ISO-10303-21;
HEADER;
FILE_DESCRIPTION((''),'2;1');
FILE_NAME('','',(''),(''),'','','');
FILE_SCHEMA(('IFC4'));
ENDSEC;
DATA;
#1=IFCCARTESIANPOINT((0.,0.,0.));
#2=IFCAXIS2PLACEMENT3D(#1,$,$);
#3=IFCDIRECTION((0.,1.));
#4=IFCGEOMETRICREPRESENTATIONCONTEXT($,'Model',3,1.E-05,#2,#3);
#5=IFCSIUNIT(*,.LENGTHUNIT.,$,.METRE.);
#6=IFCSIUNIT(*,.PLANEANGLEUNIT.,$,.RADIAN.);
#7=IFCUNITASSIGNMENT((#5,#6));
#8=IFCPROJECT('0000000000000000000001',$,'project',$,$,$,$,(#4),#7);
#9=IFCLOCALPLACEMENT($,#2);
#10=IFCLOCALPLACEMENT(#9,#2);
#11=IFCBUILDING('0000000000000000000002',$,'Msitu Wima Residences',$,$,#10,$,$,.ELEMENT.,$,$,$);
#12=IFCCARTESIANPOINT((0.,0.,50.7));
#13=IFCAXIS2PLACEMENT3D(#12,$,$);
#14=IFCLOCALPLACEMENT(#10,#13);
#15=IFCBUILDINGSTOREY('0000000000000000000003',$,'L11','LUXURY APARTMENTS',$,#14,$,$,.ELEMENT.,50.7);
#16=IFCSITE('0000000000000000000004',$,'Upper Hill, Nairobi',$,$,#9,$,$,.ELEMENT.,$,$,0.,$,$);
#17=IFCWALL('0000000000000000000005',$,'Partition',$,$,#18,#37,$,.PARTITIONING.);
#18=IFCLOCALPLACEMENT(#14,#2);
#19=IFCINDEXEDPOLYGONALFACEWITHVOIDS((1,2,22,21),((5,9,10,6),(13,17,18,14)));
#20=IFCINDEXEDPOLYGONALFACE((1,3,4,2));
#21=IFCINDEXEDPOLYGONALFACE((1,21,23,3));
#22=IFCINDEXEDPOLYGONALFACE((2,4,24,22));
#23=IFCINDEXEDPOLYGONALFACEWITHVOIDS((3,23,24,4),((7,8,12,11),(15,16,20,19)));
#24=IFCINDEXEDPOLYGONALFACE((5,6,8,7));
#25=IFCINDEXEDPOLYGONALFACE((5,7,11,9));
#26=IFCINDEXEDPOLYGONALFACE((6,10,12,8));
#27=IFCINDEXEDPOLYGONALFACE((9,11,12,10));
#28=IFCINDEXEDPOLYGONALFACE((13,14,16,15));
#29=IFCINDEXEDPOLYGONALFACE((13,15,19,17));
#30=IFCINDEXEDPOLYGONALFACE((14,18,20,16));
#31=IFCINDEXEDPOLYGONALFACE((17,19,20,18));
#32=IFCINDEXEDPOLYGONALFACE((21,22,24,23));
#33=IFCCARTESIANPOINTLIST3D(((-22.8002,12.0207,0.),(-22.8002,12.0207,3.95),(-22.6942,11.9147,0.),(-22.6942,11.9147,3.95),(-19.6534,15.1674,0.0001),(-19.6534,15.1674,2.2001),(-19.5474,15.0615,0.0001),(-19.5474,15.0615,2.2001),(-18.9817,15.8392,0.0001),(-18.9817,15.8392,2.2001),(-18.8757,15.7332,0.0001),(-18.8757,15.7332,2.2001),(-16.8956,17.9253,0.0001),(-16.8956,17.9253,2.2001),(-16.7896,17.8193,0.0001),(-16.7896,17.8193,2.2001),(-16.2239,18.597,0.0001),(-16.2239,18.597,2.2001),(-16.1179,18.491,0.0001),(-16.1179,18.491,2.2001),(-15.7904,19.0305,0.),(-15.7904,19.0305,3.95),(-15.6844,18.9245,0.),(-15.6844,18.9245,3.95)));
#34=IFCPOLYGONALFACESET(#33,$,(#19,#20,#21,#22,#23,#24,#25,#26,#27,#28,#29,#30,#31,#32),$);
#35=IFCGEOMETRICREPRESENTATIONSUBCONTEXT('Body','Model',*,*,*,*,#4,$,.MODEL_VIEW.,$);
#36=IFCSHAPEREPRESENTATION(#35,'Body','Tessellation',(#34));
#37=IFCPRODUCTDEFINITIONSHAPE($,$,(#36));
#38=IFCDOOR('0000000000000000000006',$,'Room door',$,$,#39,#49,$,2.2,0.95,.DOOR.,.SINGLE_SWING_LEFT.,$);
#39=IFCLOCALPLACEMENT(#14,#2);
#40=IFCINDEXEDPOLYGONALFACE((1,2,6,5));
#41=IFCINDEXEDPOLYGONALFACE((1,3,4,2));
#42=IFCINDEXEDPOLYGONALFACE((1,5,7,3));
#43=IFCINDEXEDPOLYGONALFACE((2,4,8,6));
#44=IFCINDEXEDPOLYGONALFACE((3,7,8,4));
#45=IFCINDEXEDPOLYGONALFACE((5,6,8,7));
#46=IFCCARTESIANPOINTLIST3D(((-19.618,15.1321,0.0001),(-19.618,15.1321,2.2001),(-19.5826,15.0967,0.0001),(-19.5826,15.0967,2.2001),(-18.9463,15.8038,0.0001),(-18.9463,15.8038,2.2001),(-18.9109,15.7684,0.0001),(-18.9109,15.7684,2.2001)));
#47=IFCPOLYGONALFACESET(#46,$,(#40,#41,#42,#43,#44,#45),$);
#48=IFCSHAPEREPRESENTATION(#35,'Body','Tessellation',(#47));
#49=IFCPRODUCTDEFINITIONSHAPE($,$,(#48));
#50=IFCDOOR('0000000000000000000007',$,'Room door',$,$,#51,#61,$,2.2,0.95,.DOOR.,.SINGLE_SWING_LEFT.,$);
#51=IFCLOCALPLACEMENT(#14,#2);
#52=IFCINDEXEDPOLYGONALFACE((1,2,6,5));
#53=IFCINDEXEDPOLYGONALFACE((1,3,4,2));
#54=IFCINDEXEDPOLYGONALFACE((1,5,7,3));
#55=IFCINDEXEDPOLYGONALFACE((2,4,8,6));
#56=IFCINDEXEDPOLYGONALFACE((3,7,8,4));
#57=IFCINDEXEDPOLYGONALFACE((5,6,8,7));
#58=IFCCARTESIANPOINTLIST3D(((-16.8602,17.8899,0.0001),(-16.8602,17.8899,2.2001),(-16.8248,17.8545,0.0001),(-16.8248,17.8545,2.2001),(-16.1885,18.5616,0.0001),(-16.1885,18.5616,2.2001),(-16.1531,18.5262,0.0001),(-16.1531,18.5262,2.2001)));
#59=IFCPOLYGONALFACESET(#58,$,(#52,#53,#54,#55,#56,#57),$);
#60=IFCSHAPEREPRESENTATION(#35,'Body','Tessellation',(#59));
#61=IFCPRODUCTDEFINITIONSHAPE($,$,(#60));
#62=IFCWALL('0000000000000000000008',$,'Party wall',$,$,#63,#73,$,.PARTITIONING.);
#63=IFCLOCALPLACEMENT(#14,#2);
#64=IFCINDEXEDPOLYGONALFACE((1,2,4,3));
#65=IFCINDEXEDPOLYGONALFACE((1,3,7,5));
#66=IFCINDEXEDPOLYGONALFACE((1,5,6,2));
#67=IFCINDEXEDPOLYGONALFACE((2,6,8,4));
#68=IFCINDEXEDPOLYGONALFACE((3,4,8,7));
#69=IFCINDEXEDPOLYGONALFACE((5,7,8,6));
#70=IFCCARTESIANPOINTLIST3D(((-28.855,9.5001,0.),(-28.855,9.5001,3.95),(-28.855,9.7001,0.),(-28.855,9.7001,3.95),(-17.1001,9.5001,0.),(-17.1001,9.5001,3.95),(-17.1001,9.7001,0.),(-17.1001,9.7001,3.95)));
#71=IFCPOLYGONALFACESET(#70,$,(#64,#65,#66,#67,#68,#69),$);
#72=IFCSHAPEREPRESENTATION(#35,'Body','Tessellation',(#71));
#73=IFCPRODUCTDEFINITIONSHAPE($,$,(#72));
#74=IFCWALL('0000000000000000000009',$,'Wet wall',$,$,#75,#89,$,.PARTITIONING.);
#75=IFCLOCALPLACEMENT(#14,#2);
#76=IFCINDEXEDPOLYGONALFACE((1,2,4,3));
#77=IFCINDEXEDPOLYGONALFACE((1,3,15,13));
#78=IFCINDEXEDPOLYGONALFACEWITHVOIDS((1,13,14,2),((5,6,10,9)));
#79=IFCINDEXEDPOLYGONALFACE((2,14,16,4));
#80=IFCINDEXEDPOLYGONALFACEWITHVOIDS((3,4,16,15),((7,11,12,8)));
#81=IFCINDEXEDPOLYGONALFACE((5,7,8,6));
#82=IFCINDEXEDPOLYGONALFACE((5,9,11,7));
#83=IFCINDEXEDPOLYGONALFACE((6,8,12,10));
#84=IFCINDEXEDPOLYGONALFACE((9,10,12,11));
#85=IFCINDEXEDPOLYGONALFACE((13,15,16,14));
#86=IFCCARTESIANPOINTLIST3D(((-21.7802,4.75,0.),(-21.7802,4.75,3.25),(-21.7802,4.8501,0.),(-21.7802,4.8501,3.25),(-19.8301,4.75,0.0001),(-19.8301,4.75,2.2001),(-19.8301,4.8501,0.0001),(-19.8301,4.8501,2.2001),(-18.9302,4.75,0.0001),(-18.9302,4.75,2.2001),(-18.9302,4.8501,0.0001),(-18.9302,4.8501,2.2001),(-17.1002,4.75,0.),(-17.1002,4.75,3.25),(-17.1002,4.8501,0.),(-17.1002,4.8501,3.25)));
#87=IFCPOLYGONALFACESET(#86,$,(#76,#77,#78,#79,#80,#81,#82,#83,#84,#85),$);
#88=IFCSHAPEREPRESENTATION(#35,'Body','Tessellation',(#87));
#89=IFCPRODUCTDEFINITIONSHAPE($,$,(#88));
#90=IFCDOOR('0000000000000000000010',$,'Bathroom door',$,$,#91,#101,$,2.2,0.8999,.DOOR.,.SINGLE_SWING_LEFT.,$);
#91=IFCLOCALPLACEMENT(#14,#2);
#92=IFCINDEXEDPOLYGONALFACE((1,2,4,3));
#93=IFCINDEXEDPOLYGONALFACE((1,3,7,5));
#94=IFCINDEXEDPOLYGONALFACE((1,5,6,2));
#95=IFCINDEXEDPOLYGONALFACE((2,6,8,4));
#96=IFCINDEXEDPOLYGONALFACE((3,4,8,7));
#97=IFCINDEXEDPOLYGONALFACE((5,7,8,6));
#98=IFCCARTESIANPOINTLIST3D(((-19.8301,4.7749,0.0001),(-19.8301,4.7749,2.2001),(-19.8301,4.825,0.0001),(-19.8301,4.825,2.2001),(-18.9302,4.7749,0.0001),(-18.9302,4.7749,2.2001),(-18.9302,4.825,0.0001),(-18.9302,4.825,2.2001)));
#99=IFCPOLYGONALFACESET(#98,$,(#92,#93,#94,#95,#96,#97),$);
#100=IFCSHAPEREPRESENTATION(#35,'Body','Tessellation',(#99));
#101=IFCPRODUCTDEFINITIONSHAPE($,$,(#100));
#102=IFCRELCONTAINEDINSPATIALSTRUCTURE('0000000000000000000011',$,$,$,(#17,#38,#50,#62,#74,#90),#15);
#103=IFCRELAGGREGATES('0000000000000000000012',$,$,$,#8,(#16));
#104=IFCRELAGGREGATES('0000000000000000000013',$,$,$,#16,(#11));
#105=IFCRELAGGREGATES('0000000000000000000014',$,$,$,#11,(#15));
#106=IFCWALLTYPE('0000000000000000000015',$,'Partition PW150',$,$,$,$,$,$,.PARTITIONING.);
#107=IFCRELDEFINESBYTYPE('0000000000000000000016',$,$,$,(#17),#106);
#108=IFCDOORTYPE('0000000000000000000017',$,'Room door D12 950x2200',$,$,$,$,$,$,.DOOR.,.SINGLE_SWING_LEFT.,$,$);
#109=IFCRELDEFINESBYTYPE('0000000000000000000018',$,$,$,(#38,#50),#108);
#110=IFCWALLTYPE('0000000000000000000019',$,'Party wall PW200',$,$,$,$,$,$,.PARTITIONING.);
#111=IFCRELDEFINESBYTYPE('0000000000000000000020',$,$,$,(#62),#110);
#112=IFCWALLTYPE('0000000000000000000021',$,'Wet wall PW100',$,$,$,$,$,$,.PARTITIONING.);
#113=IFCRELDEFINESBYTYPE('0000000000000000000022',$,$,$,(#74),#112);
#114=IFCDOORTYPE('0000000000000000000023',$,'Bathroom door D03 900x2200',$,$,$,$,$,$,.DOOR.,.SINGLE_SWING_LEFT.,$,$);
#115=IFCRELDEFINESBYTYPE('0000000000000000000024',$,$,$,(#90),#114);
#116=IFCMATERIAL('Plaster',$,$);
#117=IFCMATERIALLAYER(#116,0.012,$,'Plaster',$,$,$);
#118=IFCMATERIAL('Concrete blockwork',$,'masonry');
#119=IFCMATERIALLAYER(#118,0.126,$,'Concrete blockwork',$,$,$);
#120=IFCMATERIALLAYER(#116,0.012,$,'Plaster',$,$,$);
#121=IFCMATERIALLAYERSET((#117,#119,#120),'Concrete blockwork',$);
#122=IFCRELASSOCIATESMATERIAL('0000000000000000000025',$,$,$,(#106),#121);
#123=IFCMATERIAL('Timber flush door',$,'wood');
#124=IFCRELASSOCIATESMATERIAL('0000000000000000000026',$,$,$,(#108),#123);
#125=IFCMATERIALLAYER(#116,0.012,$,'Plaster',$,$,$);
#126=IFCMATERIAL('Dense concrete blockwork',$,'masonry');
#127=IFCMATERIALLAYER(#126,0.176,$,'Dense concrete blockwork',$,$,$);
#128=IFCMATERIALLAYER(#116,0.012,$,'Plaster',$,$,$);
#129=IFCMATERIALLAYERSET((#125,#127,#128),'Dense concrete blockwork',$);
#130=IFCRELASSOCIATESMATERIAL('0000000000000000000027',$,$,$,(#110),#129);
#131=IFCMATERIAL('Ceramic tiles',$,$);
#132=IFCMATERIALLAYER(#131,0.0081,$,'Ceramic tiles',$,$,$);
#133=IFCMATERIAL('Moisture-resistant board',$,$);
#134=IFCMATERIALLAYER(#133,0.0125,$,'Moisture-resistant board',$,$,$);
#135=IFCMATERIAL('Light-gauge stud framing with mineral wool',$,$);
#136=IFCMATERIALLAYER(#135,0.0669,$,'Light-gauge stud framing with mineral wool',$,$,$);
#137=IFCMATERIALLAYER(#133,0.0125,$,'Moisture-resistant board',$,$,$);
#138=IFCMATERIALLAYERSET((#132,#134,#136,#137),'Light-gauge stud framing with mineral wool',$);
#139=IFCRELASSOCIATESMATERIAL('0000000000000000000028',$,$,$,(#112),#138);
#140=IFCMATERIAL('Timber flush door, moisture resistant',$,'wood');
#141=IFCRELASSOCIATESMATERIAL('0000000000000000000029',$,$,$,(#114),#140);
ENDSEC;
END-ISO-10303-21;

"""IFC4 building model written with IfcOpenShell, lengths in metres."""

from ifc_helpers import new_model, si_unit, direction, frame, frame_2d, origin, place, context, subcontext, project, spatial, rectangle, extrude, material, layer, layer_set, type_object, element, fill, save


model = new_model("IFC4")

# Units and contexts
model_context = context("Model", 3, precision=1e-05, world=origin(), true_north=direction((0.0, 1.0)))
body_context = subcontext(model_context, "Body", "Model", "MODEL_VIEW")
ifc_project = project(units=[si_unit("LENGTHUNIT", "METRE"), si_unit("PLANEANGLEUNIT", "RADIAN")], contexts=[model_context])

# Site, building, storey
site_placement = place(None, origin())
site = spatial("IfcSite", under=ifc_project, at=site_placement, Name="Upper Hill, Nairobi", CompositionType="ELEMENT", RefElevation=0.0)
building_placement = place(site_placement, origin())
building = spatial("IfcBuilding", under=site, at=building_placement, Name="Msitu Wima Residences", CompositionType="ELEMENT")
storey_placement = place(building_placement, frame((0.0, 0.0, 50.7)))
storey = spatial("IfcBuildingStorey", under=building, at=storey_placement, Name="L11", Description="LUXURY APARTMENTS", CompositionType="ELEMENT", Elevation=50.7)

# Shared definitions
ifc_material_1 = material(Name="Plaster")
ifc_layer_1 = layer(ifc_material_1, 0.012, Name="Plaster")
ifc_material_2 = material(Name="Concrete blockwork", Category="masonry")
ifc_layer_2 = layer(ifc_material_2, 0.126, Name="Concrete blockwork")
ifc_layer_3 = layer(ifc_material_1, 0.012, Name="Plaster")
ifc_layer_set_1 = layer_set([ifc_layer_1, ifc_layer_2, ifc_layer_3], Name="Concrete blockwork")
wall_type_1 = type_object("IfcWallType", Name="Partition PW150", PredefinedType="PARTITIONING", material=ifc_layer_set_1)

# Shared definitions
ifc_material_3 = material(Name="Timber flush door", Category="wood")
door_type_1 = type_object("IfcDoorType", Name="Room door D12 950x2200", OperationType="SINGLE_SWING_LEFT", PredefinedType="DOOR", material=ifc_material_3)

# Wall, openings, doors
wall_1_placement = place(storey_placement, frame((-22.7471, 11.9678, 0.0), z_axis=(0.0, 0.0, 1.0), x_axis=(0.707107, 0.707107, 0.0)))
wall_1 = element("IfcWall", 1, at=wall_1_placement, inside=storey, type_object=wall_type_1, Name="Partition", PredefinedType="PARTITIONING", context=body_context, shape_type="SweptSolid", body=[
    extrude(rectangle(XDim=9.9133, YDim=0.1499, at=frame_2d((4.9565, 0.0))), origin(), (0.0, 0.0, 1.0), 3.95),
])
opening_1_placement = place(wall_1_placement, frame((4.45, 0.0, 0.0)))
opening_1 = element("IfcOpeningElement", 2, at=opening_1_placement, cuts=wall_1, PredefinedType="OPENING", context=body_context, shape_type="SweptSolid", body=[
    extrude(rectangle(XDim=0.95, YDim=2.2, at=frame_2d((0.4751, 1.1001))), frame((0.0, 0.085, 0.0), z_axis=(0.0, -1.0, 0.0), x_axis=(1.0, 0.0, 0.0)), (0.0, 0.0, 1.0), 0.1699),
])
opening_2_placement = place(wall_1_placement, frame((8.3501, 0.0, 0.0)))
opening_2 = element("IfcOpeningElement", 3, at=opening_2_placement, cuts=wall_1, PredefinedType="OPENING", context=body_context, shape_type="SweptSolid", body=[
    extrude(rectangle(XDim=0.95, YDim=2.2, at=frame_2d((0.4751, 1.1001))), frame((0.0, 0.085, 0.0), z_axis=(0.0, -1.0, 0.0), x_axis=(1.0, 0.0, 0.0)), (0.0, 0.0, 1.0), 0.1699),
])
door_1_placement = place(opening_1_placement, origin())
door_1 = element("IfcDoor", 4, at=door_1_placement, inside=storey, type_object=door_type_1, Name="Room door", OperationType="SINGLE_SWING_LEFT", OverallHeight=2.2, OverallWidth=0.95, PredefinedType="DOOR", context=body_context, shape_type="SweptSolid", body=[
    extrude(rectangle(XDim=0.95, YDim=2.2, at=frame_2d((0.4751, 1.1001))), frame((0.0, 0.0249, 0.0), z_axis=(0.0, -1.0, 0.0), x_axis=(1.0, 0.0, 0.0)), (0.0, 0.0, 1.0), 0.05),
])
fill(opening_1, door_1)
door_2_placement = place(opening_2_placement, origin())
door_2 = element("IfcDoor", 5, at=door_2_placement, inside=storey, type_object=door_type_1, Name="Room door", OperationType="SINGLE_SWING_LEFT", OverallHeight=2.2, OverallWidth=0.95, PredefinedType="DOOR", context=body_context, shape_type="SweptSolid", body=[
    extrude(rectangle(XDim=0.95, YDim=2.2, at=frame_2d((0.4751, 1.1001))), frame((0.0, 0.0249, 0.0), z_axis=(0.0, -1.0, 0.0), x_axis=(1.0, 0.0, 0.0)), (0.0, 0.0, 1.0), 0.05),
])
fill(opening_2, door_2)

# Wall
ifc_layer_4 = layer(ifc_material_1, 0.012, Name="Plaster")
ifc_material_4 = material(Name="Dense concrete blockwork", Category="masonry")
ifc_layer_5 = layer(ifc_material_4, 0.176, Name="Dense concrete blockwork")
ifc_layer_6 = layer(ifc_material_1, 0.012, Name="Plaster")
ifc_layer_set_2 = layer_set([ifc_layer_4, ifc_layer_5, ifc_layer_6], Name="Dense concrete blockwork")
wall_type_2 = type_object("IfcWallType", Name="Party wall PW200", PredefinedType="PARTITIONING", material=ifc_layer_set_2)
wall_2_placement = place(storey_placement, frame((-28.855, 9.6001, 0.0), z_axis=(0.0, 0.0, 1.0), x_axis=(1.0, 0.0, 0.0)))
element("IfcWall", 6, at=wall_2_placement, inside=storey, type_object=wall_type_2, Name="Party wall", PredefinedType="PARTITIONING", context=body_context, shape_type="SweptSolid", body=[
    extrude(rectangle(XDim=11.7549, YDim=0.2, at=frame_2d((5.8774, 0.0))), origin(), (0.0, 0.0, 1.0), 3.95),
])

# Wall, opening, door
ifc_material_5 = material(Name="Ceramic tiles")
ifc_layer_7 = layer(ifc_material_5, 0.0081, Name="Ceramic tiles")
ifc_material_6 = material(Name="Moisture-resistant board")
ifc_layer_8 = layer(ifc_material_6, 0.0125, Name="Moisture-resistant board")
ifc_material_7 = material(Name="Light-gauge stud framing with mineral wool")
ifc_layer_9 = layer(ifc_material_7, 0.0669, Name="Light-gauge stud framing with mineral wool")
ifc_layer_10 = layer(ifc_material_6, 0.0125, Name="Moisture-resistant board")
ifc_layer_set_3 = layer_set([ifc_layer_7, ifc_layer_8, ifc_layer_9, ifc_layer_10], Name="Light-gauge stud framing with mineral wool")
wall_type_3 = type_object("IfcWallType", Name="Wet wall PW100", PredefinedType="PARTITIONING", material=ifc_layer_set_3)
wall_3_placement = place(storey_placement, frame((-21.78, 4.8, 0.0), z_axis=(0.0, 0.0, 1.0), x_axis=(1.0, 0.0, 0.0)))
wall_3 = element("IfcWall", 7, at=wall_3_placement, inside=storey, type_object=wall_type_3, Name="Wet wall", PredefinedType="PARTITIONING", context=body_context, shape_type="SweptSolid", body=[
    extrude(rectangle(XDim=4.6799, YDim=0.1001, at=frame_2d((2.3398, 0.0))), origin(), (0.0, 0.0, 1.0), 3.25),
])
opening_3_placement = place(wall_3_placement, frame((1.95, 0.0, 0.0)))
opening_3 = element("IfcOpeningElement", 8, at=opening_3_placement, cuts=wall_3, PredefinedType="OPENING", context=body_context, shape_type="SweptSolid", body=[
    extrude(rectangle(XDim=0.8999, YDim=2.2, at=frame_2d((0.45, 1.1001))), frame((0.0, 0.0601, 0.0), z_axis=(0.0, -1.0, 0.0), x_axis=(1.0, 0.0, 0.0)), (0.0, 0.0, 1.0), 0.1201),
])
ifc_material_8 = material(Name="Timber flush door, moisture resistant", Category="wood")
door_type_2 = type_object("IfcDoorType", Name="Bathroom door D03 900x2200", OperationType="SINGLE_SWING_LEFT", PredefinedType="DOOR", material=ifc_material_8)
door_3_placement = place(opening_3_placement, origin())
door_3 = element("IfcDoor", 9, at=door_3_placement, inside=storey, type_object=door_type_2, Name="Bathroom door", OperationType="SINGLE_SWING_LEFT", OverallHeight=2.2, OverallWidth=0.8999, PredefinedType="DOOR", context=body_context, shape_type="SweptSolid", body=[
    extrude(rectangle(XDim=0.8999, YDim=2.2, at=frame_2d((0.45, 1.1001))), frame((0.0, 0.0249, 0.0), z_axis=(0.0, -1.0, 0.0), x_axis=(1.0, 0.0, 0.0)), (0.0, 0.0, 1.0), 0.05),
])
fill(opening_3, door_3)

save(model, "model.ifc")
